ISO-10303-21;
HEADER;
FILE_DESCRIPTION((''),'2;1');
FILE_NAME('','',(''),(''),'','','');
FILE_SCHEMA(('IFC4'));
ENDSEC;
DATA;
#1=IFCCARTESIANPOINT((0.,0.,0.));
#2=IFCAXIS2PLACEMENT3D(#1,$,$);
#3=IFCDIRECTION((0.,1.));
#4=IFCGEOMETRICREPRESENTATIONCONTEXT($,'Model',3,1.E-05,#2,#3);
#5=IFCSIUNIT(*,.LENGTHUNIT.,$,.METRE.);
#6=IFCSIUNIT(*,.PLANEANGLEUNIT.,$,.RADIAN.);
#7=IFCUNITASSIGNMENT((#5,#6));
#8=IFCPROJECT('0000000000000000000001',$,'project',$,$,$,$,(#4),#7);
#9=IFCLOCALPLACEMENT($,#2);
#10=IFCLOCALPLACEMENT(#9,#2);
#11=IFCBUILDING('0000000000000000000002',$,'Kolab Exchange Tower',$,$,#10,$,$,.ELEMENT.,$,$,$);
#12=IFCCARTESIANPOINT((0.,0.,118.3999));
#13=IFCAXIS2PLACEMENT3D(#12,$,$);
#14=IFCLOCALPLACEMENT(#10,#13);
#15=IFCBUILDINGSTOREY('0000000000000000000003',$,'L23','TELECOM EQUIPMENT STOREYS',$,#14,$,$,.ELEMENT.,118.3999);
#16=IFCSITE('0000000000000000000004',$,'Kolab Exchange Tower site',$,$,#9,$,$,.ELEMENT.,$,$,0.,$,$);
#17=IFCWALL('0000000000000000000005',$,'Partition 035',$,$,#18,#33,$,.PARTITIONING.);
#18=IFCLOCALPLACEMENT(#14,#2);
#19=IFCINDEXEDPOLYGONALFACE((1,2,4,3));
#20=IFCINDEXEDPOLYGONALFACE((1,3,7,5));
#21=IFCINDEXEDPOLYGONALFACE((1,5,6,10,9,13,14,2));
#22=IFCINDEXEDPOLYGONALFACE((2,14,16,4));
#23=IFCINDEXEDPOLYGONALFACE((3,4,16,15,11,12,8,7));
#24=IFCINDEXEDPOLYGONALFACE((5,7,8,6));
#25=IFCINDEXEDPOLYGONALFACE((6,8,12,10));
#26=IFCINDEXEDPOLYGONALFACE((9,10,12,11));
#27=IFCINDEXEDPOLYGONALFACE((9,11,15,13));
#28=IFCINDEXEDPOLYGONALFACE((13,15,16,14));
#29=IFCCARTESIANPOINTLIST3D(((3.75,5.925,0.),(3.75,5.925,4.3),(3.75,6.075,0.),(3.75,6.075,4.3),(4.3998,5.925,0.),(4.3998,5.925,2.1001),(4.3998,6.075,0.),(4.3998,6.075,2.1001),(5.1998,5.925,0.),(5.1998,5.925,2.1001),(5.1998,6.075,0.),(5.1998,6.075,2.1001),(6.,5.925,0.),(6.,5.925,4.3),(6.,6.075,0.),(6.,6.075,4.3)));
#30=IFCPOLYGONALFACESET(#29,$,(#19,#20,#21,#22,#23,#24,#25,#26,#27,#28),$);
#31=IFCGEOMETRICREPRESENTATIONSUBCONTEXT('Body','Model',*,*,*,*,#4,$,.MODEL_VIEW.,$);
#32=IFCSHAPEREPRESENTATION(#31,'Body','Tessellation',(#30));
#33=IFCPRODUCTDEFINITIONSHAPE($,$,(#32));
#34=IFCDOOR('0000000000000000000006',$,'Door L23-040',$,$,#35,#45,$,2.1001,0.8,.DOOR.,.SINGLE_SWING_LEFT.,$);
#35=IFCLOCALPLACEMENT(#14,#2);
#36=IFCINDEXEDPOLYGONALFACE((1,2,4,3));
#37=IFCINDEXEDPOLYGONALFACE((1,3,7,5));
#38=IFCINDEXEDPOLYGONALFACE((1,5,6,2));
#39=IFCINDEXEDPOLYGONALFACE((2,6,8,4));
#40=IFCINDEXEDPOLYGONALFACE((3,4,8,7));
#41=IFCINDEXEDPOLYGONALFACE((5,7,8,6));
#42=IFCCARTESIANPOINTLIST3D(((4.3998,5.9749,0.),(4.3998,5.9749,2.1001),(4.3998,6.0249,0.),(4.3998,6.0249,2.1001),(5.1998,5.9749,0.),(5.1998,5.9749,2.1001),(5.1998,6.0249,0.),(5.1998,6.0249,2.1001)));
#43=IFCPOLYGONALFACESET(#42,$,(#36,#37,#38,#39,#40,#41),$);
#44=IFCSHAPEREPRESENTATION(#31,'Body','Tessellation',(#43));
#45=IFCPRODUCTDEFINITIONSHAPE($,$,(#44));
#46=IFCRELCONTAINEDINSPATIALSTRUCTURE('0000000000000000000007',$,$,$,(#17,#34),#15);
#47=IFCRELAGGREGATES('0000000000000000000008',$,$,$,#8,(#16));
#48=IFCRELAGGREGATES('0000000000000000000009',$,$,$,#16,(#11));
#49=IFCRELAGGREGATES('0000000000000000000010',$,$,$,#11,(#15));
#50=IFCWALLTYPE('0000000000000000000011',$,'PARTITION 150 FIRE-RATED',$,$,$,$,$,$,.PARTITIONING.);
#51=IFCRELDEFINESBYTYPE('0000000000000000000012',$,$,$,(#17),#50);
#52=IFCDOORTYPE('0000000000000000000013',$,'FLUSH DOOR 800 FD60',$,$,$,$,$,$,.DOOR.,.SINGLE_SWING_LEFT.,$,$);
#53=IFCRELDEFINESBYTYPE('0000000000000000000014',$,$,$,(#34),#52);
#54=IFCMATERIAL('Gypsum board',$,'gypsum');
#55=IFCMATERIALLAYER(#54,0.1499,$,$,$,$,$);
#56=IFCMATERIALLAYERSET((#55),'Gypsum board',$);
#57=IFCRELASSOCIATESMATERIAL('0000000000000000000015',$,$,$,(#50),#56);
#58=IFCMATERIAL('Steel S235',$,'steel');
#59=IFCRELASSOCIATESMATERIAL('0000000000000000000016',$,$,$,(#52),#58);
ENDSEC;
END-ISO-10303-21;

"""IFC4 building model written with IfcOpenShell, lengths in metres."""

from ifc_helpers import new_model, si_unit, direction, frame, frame_2d, origin, place, context, subcontext, project, spatial, rectangle, extrude, material, layer, layer_set, type_object, element, fill, save


model = new_model("IFC4")

# Units and contexts
model_context = context("Model", 3, precision=1e-05, world=origin(), true_north=direction((0.0, 1.0)))
body_context = subcontext(model_context, "Body", "Model", "MODEL_VIEW")
ifc_project = project(units=[si_unit("LENGTHUNIT", "METRE"), si_unit("PLANEANGLEUNIT", "RADIAN")], contexts=[model_context])

# Site, building, storey
site_placement = place(None, origin())
site = spatial("IfcSite", under=ifc_project, at=site_placement, Name="Kolab Exchange Tower site", CompositionType="ELEMENT", RefElevation=0.0)
building_placement = place(site_placement, origin())
building = spatial("IfcBuilding", under=site, at=building_placement, Name="Kolab Exchange Tower", CompositionType="ELEMENT")
storey_placement = place(building_placement, frame((0.0, 0.0, 118.3999)))
storey = spatial("IfcBuildingStorey", under=building, at=storey_placement, Name="L23", Description="TELECOM EQUIPMENT STOREYS", CompositionType="ELEMENT", Elevation=118.3999)

# Shared definitions
ifc_material_1 = material(Name="Steel S235", Category="steel")

# Shared definitions
ifc_material_2 = material(Name="Gypsum board", Category="gypsum")
ifc_layer_1 = layer(ifc_material_2, 0.1499)
ifc_layer_set_1 = layer_set([ifc_layer_1], Name="Gypsum board")
wall_type_1 = type_object("IfcWallType", Name="PARTITION 150 FIRE-RATED", PredefinedType="PARTITIONING", material=ifc_layer_set_1)

# Wall, opening, door
wall_1_placement = place(storey_placement, frame((3.75, 6.0, 0.0), z_axis=(0.0, 0.0, 1.0), x_axis=(1.0, 0.0, 0.0)))
wall_1 = element("IfcWall", 1, at=wall_1_placement, inside=storey, type_object=wall_type_1, Name="Partition 035", PredefinedType="PARTITIONING", context=body_context, shape_type="SweptSolid", body=[
    extrude(rectangle(XDim=2.25, YDim=0.1499, at=frame_2d((1.125, 0.0))), origin(), (0.0, 0.0, 1.0), 4.3),
])
opening_1_placement = place(wall_1_placement, frame((0.6499, 0.0, 0.0)))
opening_1 = element("IfcOpeningElement", 2, at=opening_1_placement, cuts=wall_1, PredefinedType="OPENING", context=body_context, shape_type="SweptSolid", body=[
    extrude(rectangle(XDim=0.8, YDim=2.1001, at=frame_2d((0.3999, 1.05))), frame((0.0, 0.085, 0.0), z_axis=(0.0, -1.0, 0.0), x_axis=(1.0, 0.0, 0.0)), (0.0, 0.0, 1.0), 0.1699),
])
door_type_1 = type_object("IfcDoorType", Name="FLUSH DOOR 800 FD60", OperationType="SINGLE_SWING_LEFT", PredefinedType="DOOR", material=ifc_material_1)
door_1_placement = place(opening_1_placement, origin())
door_1 = element("IfcDoor", 3, at=door_1_placement, inside=storey, type_object=door_type_1, Name="Door L23-040", OperationType="SINGLE_SWING_LEFT", OverallHeight=2.1001, OverallWidth=0.8, PredefinedType="DOOR", context=body_context, shape_type="SweptSolid", body=[
    extrude(rectangle(XDim=0.8, YDim=2.1001, at=frame_2d((0.3999, 1.05))), frame((0.0, 0.0249, 0.0), z_axis=(0.0, -1.0, 0.0), x_axis=(1.0, 0.0, 0.0)), (0.0, 0.0, 1.0), 0.05),
])
fill(opening_1, door_1)

save(model, "model.ifc")
